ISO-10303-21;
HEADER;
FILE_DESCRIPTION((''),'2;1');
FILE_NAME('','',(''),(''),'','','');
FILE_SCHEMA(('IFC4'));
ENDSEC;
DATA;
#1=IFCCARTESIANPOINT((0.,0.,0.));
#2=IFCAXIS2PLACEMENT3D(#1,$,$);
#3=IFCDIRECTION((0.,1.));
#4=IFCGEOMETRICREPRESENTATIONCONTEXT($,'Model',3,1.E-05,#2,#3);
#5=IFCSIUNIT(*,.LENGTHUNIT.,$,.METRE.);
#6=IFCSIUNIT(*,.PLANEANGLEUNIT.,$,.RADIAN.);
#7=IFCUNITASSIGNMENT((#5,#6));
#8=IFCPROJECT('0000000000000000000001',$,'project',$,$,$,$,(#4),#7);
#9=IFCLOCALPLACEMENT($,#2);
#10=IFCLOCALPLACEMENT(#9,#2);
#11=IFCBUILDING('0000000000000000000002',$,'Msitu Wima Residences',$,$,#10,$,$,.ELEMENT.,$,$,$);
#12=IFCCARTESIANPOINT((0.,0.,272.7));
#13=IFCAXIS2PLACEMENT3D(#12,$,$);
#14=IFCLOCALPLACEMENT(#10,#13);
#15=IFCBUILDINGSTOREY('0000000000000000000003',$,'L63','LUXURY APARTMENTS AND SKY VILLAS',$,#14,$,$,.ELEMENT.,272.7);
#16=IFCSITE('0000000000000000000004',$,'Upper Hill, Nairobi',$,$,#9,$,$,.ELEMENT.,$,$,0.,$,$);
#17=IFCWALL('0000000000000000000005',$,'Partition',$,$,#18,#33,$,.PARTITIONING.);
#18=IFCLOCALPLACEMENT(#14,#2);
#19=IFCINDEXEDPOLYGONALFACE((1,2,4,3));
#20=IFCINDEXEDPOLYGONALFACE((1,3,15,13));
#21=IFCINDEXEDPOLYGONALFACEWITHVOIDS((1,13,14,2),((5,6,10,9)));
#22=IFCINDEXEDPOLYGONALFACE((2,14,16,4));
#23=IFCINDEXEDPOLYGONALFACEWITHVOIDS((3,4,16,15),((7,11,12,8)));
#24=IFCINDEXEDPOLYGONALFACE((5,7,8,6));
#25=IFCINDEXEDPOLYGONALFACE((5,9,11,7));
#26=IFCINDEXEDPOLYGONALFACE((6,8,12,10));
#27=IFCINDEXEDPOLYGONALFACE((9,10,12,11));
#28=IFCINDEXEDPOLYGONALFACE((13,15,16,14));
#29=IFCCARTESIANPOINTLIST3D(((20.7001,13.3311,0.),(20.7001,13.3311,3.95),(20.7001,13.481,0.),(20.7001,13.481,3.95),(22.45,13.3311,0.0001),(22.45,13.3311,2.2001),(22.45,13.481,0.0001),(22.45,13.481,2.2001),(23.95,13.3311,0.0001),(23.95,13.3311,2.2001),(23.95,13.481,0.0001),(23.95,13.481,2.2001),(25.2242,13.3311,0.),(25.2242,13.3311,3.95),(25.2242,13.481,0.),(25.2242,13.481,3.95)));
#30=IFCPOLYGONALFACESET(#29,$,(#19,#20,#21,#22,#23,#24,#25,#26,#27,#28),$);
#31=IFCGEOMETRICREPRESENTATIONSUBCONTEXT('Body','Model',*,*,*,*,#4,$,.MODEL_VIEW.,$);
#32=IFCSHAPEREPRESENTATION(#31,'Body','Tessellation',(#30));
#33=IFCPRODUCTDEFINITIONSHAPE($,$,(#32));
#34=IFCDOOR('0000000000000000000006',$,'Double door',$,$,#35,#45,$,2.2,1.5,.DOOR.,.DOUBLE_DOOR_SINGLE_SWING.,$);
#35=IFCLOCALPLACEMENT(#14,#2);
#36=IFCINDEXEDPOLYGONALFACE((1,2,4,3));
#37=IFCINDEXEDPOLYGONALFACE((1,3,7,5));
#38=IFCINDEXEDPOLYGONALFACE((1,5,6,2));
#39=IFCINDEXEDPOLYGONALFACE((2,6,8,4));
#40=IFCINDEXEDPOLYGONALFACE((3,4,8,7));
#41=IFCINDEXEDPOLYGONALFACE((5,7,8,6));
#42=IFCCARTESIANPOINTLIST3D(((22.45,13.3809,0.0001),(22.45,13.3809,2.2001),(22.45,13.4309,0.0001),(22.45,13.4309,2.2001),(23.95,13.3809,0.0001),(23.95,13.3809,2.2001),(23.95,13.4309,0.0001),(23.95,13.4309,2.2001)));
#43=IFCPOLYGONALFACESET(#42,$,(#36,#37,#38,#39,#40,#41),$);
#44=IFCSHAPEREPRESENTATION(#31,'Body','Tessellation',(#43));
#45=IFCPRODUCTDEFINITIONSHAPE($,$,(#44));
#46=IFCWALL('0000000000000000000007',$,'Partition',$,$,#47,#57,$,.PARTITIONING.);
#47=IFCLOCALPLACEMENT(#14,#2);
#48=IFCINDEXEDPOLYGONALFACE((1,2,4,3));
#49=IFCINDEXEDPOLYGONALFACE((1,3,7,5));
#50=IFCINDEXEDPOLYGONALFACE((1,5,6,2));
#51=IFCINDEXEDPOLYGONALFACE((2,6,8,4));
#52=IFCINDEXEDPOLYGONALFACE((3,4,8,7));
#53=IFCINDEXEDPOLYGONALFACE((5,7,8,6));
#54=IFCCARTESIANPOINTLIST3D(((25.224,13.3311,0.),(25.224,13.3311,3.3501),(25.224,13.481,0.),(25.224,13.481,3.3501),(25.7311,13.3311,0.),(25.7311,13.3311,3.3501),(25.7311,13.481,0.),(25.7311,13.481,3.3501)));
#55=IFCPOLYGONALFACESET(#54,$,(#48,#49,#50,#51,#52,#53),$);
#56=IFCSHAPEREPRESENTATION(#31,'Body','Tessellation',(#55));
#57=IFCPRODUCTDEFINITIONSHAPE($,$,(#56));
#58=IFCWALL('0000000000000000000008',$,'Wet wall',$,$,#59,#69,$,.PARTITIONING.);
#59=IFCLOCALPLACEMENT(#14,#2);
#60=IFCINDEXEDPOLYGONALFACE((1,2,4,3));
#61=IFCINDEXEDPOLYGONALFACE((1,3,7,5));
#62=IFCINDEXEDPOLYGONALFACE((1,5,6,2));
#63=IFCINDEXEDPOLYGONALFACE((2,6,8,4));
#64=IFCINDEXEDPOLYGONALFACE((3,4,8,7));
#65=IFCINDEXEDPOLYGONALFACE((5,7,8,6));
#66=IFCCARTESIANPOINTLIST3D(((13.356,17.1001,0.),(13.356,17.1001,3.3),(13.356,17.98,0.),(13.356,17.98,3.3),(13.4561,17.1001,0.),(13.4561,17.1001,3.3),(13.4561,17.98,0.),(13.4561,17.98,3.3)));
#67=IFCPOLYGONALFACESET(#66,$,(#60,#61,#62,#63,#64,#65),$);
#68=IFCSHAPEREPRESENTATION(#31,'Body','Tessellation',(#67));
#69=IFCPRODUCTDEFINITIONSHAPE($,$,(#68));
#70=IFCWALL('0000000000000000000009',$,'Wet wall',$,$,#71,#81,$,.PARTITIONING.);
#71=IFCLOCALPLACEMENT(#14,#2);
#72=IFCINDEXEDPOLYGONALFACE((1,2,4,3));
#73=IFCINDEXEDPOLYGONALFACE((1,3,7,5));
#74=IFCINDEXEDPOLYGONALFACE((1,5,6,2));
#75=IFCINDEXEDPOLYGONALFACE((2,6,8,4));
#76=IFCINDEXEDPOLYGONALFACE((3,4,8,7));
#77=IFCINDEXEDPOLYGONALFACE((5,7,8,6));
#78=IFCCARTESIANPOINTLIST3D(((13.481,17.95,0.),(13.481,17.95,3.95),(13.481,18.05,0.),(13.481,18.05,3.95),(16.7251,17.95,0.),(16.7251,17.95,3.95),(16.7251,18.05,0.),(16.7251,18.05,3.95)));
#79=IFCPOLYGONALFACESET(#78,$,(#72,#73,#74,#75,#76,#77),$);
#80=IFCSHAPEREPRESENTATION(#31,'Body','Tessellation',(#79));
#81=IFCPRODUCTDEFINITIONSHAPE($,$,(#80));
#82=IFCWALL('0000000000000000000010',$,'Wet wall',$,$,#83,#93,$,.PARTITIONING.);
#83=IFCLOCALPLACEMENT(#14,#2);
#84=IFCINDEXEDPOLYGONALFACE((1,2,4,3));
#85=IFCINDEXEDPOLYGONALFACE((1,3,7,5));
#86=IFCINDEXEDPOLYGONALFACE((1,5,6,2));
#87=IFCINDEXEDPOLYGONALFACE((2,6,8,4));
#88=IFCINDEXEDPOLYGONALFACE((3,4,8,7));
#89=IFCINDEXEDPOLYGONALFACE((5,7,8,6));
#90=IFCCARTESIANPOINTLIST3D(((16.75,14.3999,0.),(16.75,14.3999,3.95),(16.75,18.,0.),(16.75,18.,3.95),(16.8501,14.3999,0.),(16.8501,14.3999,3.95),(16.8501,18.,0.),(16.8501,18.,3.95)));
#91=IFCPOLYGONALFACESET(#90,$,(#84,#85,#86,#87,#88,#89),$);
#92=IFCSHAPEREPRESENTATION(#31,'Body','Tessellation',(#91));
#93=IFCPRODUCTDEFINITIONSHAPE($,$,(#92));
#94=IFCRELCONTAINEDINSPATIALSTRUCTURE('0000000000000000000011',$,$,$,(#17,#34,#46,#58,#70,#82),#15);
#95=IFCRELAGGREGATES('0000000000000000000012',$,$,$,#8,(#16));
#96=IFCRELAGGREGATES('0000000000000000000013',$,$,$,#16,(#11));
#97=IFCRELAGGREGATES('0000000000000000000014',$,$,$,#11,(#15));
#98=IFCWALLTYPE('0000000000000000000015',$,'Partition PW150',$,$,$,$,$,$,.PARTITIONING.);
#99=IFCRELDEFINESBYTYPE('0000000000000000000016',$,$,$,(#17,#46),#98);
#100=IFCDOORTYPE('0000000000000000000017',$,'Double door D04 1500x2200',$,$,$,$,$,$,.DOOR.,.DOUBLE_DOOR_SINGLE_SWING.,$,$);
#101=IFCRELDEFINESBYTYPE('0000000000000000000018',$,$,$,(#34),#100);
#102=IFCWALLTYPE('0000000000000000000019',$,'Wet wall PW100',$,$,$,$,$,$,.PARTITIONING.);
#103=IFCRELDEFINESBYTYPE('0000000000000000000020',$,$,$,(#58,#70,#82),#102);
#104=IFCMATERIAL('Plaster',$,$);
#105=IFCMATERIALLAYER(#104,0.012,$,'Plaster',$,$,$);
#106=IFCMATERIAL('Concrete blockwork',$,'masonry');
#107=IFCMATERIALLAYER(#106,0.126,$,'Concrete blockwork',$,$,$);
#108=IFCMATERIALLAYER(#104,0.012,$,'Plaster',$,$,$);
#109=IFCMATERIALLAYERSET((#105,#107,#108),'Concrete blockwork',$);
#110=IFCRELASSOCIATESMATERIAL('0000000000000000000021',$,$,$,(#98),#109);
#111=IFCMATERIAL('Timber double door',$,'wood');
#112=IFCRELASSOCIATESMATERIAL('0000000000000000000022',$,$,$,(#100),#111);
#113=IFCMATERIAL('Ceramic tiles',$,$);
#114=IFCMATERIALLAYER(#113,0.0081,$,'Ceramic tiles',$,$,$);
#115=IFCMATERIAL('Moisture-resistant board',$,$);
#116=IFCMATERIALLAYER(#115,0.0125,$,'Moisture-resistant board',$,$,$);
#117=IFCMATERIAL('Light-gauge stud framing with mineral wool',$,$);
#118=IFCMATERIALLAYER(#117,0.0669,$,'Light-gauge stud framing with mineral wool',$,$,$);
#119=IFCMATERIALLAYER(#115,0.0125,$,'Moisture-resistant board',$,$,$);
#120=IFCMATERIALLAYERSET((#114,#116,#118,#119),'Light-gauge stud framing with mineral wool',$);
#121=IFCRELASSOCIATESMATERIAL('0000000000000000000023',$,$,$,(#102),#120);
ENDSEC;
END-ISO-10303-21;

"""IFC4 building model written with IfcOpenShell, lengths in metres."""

from ifc_helpers import new_model, si_unit, direction, frame, frame_2d, origin, place, context, subcontext, project, spatial, rectangle, extrude, material, layer, layer_set, type_object, element, fill, save


model = new_model("IFC4")

# Units and contexts
model_context = context("Model", 3, precision=1e-05, world=origin(), true_north=direction((0.0, 1.0)))
body_context = subcontext(model_context, "Body", "Model", "MODEL_VIEW")
ifc_project = project(units=[si_unit("LENGTHUNIT", "METRE"), si_unit("PLANEANGLEUNIT", "RADIAN")], contexts=[model_context])

# Site, building, storey
site_placement = place(None, origin())
site = spatial("IfcSite", under=ifc_project, at=site_placement, Name="Upper Hill, Nairobi", CompositionType="ELEMENT", RefElevation=0.0)
building_placement = place(site_placement, origin())
building = spatial("IfcBuilding", under=site, at=building_placement, Name="Msitu Wima Residences", CompositionType="ELEMENT")
storey_placement = place(building_placement, frame((0.0, 0.0, 272.7)))
storey = spatial("IfcBuildingStorey", under=building, at=storey_placement, Name="L63", Description="LUXURY APARTMENTS AND SKY VILLAS", CompositionType="ELEMENT", Elevation=272.7)

# Shared definitions
ifc_material_1 = material(Name="Plaster")
ifc_material_2 = material(Name="Concrete blockwork", Category="masonry")

# Shared definitions
ifc_layer_1 = layer(ifc_material_1, 0.012, Name="Plaster")
ifc_layer_2 = layer(ifc_material_2, 0.126, Name="Concrete blockwork")
ifc_layer_3 = layer(ifc_material_1, 0.012, Name="Plaster")
ifc_layer_set_1 = layer_set([ifc_layer_1, ifc_layer_2, ifc_layer_3], Name="Concrete blockwork")
wall_type_1 = type_object("IfcWallType", Name="Partition PW150", PredefinedType="PARTITIONING", material=ifc_layer_set_1)
ifc_material_3 = material(Name="Timber double door", Category="wood")
door_type_1 = type_object("IfcDoorType", Name="Double door D04 1500x2200", OperationType="DOUBLE_DOOR_SINGLE_SWING", PredefinedType="DOOR", material=ifc_material_3)

# Wall, opening, door
wall_1_placement = place(storey_placement, frame((20.7, 13.406, 0.0), z_axis=(0.0, 0.0, 1.0), x_axis=(1.0, 0.0, 0.0)))
wall_1 = element("IfcWall", 1, at=wall_1_placement, inside=storey, type_object=wall_type_1, Name="Partition", PredefinedType="PARTITIONING", context=body_context, shape_type="SweptSolid", body=[
    extrude(rectangle(XDim=4.5242, YDim=0.1499, at=frame_2d((2.2622, 0.0))), origin(), (0.0, 0.0, 1.0), 3.95),
])
opening_1_placement = place(wall_1_placement, frame((1.75, 0.0, 0.0)))
opening_1 = element("IfcOpeningElement", 2, at=opening_1_placement, cuts=wall_1, PredefinedType="OPENING", context=body_context, shape_type="SweptSolid", body=[
    extrude(rectangle(XDim=1.5, YDim=2.2, at=frame_2d((0.75, 1.1001))), frame((0.0, 0.085, 0.0), z_axis=(0.0, -1.0, 0.0), x_axis=(1.0, 0.0, 0.0)), (0.0, 0.0, 1.0), 0.1699),
])
door_1_placement = place(opening_1_placement, origin())
door_1 = element("IfcDoor", 3, at=door_1_placement, inside=storey, type_object=door_type_1, Name="Double door", OperationType="DOUBLE_DOOR_SINGLE_SWING", OverallHeight=2.2, OverallWidth=1.5, PredefinedType="DOOR", context=body_context, shape_type="SweptSolid", body=[
    extrude(rectangle(XDim=1.5, YDim=2.2, at=frame_2d((0.75, 1.1001))), frame((0.0, 0.0249, 0.0), z_axis=(0.0, -1.0, 0.0), x_axis=(1.0, 0.0, 0.0)), (0.0, 0.0, 1.0), 0.05),
])
fill(opening_1, door_1)

# Walls
wall_2_placement = place(storey_placement, frame((25.2241, 13.406, 0.0), z_axis=(0.0, 0.0, 1.0), x_axis=(1.0, 0.0, 0.0)))
element("IfcWall", 4, at=wall_2_placement, inside=storey, type_object=wall_type_1, Name="Partition", PredefinedType="PARTITIONING", context=body_context, shape_type="SweptSolid", body=[
    extrude(rectangle(XDim=0.5071, YDim=0.1499, at=frame_2d((0.2534, 0.0))), origin(), (0.0, 0.0, 1.0), 3.3501),
])
ifc_material_4 = material(Name="Ceramic tiles")
ifc_layer_4 = layer(ifc_material_4, 0.0081, Name="Ceramic tiles")
ifc_material_5 = material(Name="Moisture-resistant board")
ifc_layer_5 = layer(ifc_material_5, 0.0125, Name="Moisture-resistant board")
ifc_material_6 = material(Name="Light-gauge stud framing with mineral wool")
ifc_layer_6 = layer(ifc_material_6, 0.0669, Name="Light-gauge stud framing with mineral wool")
ifc_layer_7 = layer(ifc_material_5, 0.0125, Name="Moisture-resistant board")
ifc_layer_set_2 = layer_set([ifc_layer_4, ifc_layer_5, ifc_layer_6, ifc_layer_7], Name="Light-gauge stud framing with mineral wool")
wall_type_2 = type_object("IfcWallType", Name="Wet wall PW100", PredefinedType="PARTITIONING", material=ifc_layer_set_2)
wall_3_placement = place(storey_placement, frame((13.406, 17.1001, 0.0), z_axis=(0.0, 0.0, 1.0), x_axis=(0.0, 1.0, 0.0)))
element("IfcWall", 5, at=wall_3_placement, inside=storey, type_object=wall_type_2, Name="Wet wall", PredefinedType="PARTITIONING", context=body_context, shape_type="SweptSolid", body=[
    extrude(rectangle(XDim=0.8799, YDim=0.1001, at=frame_2d((0.4399, 0.0))), origin(), (0.0, 0.0, 1.0), 3.3),
])
wall_4_placement = place(storey_placement, frame((13.481, 18.0, 0.0), z_axis=(0.0, 0.0, 1.0), x_axis=(1.0, 0.0, 0.0)))
element("IfcWall", 6, at=wall_4_placement, inside=storey, type_object=wall_type_2, Name="Wet wall", PredefinedType="PARTITIONING", context=body_context, shape_type="SweptSolid", body=[
    extrude(rectangle(XDim=3.2441, YDim=0.1001, at=frame_2d((1.6221, 0.0))), origin(), (0.0, 0.0, 1.0), 3.95),
])
wall_5_placement = place(storey_placement, frame((16.8, 14.3999, 0.0), z_axis=(0.0, 0.0, 1.0), x_axis=(0.0, 1.0, 0.0)))
element("IfcWall", 7, at=wall_5_placement, inside=storey, type_object=wall_type_2, Name="Wet wall", PredefinedType="PARTITIONING", context=body_context, shape_type="SweptSolid", body=[
    extrude(rectangle(XDim=3.6001, YDim=0.1001, at=frame_2d((1.8, 0.0))), origin(), (0.0, 0.0, 1.0), 3.95),
])

save(model, "model.ifc")
